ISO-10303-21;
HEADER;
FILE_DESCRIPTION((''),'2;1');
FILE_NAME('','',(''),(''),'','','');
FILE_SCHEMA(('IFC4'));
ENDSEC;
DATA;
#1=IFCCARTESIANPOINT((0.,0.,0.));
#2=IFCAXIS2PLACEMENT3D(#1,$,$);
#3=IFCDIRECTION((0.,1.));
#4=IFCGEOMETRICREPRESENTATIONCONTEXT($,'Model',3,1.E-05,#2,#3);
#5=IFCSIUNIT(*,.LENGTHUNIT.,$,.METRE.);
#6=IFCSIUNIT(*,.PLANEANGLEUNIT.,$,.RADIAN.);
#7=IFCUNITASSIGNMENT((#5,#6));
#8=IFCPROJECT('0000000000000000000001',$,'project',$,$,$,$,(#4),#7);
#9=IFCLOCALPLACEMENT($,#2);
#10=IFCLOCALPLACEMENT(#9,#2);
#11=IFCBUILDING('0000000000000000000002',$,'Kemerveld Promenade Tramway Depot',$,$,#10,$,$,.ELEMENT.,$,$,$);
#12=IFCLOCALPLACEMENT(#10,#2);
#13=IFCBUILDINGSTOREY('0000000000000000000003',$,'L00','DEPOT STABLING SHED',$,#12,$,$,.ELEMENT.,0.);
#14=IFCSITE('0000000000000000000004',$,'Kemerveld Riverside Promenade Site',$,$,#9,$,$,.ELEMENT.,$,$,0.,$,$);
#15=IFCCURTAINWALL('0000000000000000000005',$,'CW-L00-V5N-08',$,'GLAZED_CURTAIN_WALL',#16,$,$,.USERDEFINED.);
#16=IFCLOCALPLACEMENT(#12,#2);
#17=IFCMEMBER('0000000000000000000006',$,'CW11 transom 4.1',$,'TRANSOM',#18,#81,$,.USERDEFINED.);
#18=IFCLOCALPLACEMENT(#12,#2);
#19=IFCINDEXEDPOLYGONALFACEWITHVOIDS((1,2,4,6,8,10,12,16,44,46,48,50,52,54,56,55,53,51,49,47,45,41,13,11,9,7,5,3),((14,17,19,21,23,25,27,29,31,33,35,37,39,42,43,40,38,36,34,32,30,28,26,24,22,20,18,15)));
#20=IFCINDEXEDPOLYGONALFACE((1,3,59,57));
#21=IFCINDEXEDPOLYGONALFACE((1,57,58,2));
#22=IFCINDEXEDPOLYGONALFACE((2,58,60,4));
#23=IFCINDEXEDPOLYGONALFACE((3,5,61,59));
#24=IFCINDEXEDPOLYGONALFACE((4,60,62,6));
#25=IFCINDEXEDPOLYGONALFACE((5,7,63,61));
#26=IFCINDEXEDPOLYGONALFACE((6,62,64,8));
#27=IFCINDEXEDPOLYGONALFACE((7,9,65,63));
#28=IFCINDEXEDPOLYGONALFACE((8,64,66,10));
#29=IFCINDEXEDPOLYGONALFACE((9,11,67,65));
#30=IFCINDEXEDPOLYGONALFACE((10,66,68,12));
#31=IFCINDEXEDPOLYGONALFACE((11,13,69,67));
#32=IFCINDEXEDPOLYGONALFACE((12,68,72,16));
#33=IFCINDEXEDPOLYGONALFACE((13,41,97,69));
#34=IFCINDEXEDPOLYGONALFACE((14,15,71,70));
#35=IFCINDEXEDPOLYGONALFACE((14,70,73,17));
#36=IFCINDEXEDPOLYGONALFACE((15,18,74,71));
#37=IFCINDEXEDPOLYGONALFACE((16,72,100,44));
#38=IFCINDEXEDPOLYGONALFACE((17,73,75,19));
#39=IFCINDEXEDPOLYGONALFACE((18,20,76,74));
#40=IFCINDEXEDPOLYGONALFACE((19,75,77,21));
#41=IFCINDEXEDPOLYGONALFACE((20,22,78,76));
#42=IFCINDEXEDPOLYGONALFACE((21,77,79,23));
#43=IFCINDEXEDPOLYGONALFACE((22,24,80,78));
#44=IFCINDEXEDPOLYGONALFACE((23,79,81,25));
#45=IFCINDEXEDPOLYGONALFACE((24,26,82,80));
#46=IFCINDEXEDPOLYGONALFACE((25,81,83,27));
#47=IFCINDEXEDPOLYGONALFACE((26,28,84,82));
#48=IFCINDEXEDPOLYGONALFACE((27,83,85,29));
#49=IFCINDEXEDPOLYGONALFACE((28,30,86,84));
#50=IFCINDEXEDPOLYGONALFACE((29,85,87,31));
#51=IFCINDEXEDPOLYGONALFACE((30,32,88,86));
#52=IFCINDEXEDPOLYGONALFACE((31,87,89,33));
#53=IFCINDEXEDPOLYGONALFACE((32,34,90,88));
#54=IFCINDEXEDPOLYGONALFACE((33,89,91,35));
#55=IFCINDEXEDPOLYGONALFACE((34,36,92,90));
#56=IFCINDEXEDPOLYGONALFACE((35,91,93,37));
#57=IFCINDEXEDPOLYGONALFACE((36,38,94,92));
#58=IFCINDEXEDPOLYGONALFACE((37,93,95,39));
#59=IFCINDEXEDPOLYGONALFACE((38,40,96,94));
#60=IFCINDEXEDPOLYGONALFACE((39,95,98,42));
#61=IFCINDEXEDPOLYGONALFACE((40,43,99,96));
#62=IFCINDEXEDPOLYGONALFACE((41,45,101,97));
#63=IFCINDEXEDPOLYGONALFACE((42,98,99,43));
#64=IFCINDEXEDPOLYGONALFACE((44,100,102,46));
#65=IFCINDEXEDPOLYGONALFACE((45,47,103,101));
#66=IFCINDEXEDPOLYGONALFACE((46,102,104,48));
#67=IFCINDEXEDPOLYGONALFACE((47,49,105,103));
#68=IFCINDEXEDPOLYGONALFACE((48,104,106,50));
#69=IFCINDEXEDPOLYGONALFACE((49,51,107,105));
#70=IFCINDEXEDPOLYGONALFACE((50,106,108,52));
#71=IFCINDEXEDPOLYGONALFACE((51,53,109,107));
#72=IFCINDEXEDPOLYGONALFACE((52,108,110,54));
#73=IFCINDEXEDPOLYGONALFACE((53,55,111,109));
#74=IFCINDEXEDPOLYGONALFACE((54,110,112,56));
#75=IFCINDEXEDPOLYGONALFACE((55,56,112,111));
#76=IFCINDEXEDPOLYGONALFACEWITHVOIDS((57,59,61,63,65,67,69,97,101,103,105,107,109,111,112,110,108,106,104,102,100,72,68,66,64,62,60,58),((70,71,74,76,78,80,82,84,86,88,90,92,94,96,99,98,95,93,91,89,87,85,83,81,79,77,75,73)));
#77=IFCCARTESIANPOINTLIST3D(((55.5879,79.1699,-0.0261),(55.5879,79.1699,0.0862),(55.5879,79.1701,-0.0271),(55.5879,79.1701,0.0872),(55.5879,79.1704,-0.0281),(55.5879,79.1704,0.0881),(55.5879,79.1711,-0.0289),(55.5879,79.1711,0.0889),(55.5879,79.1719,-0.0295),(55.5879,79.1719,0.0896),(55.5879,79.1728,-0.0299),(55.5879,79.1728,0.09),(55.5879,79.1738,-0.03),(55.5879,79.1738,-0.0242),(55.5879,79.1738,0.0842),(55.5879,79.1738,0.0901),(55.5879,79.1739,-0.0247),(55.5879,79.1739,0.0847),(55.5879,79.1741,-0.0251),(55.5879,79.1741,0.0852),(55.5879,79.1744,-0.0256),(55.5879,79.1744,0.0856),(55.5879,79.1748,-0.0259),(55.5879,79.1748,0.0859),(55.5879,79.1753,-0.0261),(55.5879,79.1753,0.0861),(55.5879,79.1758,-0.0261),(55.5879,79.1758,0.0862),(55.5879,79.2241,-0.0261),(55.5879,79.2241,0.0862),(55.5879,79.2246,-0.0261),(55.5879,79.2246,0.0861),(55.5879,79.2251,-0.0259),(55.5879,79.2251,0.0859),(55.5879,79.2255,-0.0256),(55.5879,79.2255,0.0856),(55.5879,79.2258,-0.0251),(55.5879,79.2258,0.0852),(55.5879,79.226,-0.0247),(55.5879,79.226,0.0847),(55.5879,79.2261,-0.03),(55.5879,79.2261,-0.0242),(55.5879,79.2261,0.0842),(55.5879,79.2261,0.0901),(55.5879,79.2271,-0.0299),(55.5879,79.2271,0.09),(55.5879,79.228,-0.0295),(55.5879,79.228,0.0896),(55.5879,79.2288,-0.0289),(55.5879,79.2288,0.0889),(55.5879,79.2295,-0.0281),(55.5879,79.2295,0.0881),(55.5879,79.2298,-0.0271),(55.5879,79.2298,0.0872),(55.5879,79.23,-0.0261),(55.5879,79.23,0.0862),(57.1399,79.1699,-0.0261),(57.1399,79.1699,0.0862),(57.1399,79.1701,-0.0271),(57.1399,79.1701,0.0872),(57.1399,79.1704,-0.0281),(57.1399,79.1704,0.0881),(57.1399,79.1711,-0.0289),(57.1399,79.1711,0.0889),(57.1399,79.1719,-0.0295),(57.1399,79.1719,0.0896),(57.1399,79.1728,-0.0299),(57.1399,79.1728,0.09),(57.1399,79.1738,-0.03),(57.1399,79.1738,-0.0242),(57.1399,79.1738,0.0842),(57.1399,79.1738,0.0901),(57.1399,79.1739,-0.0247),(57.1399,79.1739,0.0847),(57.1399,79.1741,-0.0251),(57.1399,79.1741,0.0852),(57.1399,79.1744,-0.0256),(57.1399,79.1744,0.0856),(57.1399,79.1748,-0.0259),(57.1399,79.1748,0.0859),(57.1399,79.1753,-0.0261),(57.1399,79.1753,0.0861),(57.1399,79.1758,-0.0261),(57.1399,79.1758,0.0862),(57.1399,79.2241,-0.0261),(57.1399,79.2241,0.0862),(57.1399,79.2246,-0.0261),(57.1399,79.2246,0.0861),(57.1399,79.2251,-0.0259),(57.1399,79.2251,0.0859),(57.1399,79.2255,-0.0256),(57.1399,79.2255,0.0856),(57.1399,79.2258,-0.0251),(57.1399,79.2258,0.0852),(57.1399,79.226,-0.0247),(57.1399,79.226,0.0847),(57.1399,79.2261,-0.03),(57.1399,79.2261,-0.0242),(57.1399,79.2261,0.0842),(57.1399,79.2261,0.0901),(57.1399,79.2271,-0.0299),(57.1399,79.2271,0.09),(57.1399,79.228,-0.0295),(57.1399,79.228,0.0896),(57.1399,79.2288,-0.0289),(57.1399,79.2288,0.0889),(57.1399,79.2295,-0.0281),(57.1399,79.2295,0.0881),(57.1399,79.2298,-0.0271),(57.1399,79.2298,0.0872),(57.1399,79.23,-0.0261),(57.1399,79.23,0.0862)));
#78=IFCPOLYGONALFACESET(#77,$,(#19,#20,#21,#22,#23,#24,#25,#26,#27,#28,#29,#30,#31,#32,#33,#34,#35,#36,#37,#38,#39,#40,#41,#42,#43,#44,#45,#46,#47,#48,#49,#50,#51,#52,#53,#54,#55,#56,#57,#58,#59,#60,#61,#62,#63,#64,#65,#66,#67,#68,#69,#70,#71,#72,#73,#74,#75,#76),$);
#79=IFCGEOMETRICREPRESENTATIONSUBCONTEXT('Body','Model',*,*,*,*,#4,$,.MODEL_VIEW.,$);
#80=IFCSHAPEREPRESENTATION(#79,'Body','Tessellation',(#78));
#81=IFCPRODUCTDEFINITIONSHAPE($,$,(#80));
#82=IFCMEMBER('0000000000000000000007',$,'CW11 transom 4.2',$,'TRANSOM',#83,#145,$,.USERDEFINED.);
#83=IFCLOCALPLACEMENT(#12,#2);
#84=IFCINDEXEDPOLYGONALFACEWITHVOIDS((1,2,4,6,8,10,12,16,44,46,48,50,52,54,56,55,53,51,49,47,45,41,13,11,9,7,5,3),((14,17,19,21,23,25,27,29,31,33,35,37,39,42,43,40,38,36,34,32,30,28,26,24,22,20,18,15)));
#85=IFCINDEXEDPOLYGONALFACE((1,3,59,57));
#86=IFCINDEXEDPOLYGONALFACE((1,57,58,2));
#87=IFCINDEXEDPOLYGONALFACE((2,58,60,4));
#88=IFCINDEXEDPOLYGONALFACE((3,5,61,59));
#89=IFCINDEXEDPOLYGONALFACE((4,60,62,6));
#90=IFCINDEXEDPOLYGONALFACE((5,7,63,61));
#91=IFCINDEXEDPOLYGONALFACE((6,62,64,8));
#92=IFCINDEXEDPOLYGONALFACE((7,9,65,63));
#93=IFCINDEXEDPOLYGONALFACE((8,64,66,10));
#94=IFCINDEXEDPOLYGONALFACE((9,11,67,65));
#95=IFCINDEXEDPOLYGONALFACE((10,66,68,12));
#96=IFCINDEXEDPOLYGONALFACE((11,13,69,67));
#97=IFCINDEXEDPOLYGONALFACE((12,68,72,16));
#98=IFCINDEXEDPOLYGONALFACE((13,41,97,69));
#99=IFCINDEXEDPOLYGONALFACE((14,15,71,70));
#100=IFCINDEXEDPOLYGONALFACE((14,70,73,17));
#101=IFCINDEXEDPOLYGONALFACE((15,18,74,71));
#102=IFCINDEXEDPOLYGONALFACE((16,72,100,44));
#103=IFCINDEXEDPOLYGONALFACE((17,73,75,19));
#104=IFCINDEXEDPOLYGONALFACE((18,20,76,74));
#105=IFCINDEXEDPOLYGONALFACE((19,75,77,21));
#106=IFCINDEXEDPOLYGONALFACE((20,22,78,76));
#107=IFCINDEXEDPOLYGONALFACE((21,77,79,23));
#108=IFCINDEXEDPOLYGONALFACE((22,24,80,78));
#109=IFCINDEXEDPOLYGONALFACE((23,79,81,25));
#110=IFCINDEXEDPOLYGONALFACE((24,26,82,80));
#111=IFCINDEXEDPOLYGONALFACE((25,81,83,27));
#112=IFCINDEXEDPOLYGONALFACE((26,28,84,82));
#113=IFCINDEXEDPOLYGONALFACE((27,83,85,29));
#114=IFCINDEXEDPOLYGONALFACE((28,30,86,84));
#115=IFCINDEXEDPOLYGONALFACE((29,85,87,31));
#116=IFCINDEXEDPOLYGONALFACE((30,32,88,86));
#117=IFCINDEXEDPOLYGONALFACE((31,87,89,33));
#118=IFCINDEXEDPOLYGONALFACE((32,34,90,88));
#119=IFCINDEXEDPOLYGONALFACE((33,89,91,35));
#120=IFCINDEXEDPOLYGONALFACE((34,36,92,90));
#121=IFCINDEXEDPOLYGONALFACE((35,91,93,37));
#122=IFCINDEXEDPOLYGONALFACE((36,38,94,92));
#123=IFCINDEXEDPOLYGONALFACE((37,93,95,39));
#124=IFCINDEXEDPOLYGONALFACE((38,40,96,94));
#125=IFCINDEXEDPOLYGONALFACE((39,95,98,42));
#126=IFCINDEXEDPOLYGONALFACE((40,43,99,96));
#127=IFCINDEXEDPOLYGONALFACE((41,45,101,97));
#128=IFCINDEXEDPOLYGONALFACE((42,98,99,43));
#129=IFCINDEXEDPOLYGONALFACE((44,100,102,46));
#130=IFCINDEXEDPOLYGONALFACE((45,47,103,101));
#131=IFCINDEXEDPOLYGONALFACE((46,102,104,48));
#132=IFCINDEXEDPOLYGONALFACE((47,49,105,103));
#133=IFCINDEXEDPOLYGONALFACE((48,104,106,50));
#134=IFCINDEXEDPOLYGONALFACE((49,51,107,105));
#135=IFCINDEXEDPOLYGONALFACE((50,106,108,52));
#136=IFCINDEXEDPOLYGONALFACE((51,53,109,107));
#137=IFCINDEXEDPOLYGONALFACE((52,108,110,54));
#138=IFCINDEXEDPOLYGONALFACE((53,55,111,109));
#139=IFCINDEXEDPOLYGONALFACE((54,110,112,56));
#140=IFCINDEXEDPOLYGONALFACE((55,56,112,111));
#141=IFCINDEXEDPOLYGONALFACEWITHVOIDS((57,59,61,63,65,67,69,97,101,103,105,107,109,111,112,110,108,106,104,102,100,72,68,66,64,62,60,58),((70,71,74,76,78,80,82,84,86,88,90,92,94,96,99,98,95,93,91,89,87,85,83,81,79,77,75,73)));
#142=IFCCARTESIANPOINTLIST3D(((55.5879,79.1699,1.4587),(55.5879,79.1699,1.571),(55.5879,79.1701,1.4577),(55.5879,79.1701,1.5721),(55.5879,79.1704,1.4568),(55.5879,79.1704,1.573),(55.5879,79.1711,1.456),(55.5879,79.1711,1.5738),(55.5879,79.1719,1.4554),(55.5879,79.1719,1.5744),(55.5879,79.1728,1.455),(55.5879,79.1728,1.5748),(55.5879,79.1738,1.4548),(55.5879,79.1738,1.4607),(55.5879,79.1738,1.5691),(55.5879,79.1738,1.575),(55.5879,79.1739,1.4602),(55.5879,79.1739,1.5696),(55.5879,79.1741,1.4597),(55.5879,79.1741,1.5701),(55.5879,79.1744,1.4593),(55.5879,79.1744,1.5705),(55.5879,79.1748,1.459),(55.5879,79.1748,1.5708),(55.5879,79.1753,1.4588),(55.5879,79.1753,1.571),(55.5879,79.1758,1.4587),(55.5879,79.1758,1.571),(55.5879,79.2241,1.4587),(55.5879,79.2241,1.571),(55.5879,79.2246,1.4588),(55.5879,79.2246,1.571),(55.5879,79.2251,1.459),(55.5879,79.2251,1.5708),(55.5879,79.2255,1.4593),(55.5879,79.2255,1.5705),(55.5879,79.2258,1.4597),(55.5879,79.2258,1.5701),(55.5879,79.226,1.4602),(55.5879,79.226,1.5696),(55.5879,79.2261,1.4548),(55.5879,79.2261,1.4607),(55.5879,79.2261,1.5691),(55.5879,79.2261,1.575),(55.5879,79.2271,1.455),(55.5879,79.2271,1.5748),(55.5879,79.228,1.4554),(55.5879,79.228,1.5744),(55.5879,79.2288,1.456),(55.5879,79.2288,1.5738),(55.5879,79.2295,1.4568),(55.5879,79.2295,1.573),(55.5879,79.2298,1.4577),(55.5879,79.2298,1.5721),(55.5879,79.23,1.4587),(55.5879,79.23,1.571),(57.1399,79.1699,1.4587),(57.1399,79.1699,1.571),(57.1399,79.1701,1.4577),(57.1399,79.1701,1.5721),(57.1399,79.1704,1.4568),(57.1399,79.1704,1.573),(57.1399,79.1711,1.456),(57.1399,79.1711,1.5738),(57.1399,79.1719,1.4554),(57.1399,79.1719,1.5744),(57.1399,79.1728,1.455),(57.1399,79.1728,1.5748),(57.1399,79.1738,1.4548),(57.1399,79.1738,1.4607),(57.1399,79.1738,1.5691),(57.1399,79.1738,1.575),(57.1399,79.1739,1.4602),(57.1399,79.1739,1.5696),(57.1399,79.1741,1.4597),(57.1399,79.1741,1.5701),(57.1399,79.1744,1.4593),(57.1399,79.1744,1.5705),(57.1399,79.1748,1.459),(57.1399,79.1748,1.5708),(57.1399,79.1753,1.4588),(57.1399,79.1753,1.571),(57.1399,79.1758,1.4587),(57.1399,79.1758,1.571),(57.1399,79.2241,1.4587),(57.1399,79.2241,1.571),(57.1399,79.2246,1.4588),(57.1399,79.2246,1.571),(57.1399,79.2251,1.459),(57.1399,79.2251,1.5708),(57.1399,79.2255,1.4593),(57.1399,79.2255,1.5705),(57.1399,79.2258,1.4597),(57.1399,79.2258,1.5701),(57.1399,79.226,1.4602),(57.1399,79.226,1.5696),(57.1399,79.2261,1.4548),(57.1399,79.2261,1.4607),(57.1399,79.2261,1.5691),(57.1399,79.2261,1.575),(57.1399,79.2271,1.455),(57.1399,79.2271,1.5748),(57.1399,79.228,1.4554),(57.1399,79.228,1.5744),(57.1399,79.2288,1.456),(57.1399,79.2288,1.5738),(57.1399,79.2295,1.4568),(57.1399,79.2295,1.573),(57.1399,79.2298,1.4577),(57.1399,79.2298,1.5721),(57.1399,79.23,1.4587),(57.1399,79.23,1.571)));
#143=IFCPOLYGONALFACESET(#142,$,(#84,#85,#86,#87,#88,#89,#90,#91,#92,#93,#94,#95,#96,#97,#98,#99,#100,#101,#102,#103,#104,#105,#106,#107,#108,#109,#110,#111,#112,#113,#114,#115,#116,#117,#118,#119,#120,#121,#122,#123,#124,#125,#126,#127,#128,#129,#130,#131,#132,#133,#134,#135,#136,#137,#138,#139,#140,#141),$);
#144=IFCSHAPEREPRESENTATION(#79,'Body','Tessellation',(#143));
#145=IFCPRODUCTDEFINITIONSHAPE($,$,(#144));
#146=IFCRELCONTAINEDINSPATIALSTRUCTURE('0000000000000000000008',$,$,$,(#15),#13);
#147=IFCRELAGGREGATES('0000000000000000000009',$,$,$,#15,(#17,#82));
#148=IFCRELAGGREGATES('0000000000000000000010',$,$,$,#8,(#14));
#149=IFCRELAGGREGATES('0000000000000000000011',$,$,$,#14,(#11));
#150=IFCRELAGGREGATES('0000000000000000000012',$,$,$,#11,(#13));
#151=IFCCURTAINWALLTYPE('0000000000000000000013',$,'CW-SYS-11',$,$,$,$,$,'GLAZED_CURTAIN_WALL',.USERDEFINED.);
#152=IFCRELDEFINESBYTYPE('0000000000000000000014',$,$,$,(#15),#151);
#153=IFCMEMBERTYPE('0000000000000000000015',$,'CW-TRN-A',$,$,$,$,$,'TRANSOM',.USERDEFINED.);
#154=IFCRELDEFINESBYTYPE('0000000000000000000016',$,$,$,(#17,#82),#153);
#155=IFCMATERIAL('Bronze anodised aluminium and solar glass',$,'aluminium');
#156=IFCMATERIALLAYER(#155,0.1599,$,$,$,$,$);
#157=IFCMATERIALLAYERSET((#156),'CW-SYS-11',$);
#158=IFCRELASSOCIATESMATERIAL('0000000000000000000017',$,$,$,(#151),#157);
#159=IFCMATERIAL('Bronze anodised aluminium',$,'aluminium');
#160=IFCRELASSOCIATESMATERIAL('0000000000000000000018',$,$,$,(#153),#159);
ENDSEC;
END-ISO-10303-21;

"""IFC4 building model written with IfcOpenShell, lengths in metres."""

from ifc_helpers import new_model, si_unit, direction, frame, origin, origin_2d, place, context, subcontext, project, spatial, hollow_rectangle, extrude, material, layer, layer_set, material_profile, profile_set, type_object, element, aggregate, save


model = new_model("IFC4")

# Units and contexts
model_context = context("Model", 3, precision=1e-05, world=origin(), true_north=direction((0.0, 1.0)))
body_context = subcontext(model_context, "Body", "Model", "MODEL_VIEW")
ifc_project = project(units=[si_unit("LENGTHUNIT", "METRE"), si_unit("PLANEANGLEUNIT", "RADIAN")], contexts=[model_context])

# Site, building, storey
site_placement = place(None, origin())
site = spatial("IfcSite", under=ifc_project, at=site_placement, Name="Kemerveld Riverside Promenade Site", CompositionType="ELEMENT", RefElevation=0.0)
building_placement = place(site_placement, origin())
building = spatial("IfcBuilding", under=site, at=building_placement, Name="Kemerveld Promenade Tramway Depot", CompositionType="ELEMENT")
storey_placement = place(building_placement, origin())
storey = spatial("IfcBuildingStorey", under=building, at=storey_placement, Name="L00", Description="DEPOT STABLING SHED", CompositionType="ELEMENT", Elevation=0.0)

# Curtain wall, members
ifc_material_1 = material(Name="Bronze anodised aluminium and solar glass", Category="aluminium")
ifc_layer_1 = layer(ifc_material_1, 0.1599)
ifc_layer_set_1 = layer_set([ifc_layer_1], Name="CW-SYS-11")
curtain_wall_type = type_object("IfcCurtainWallType", Name="CW-SYS-11", ElementType="GLAZED_CURTAIN_WALL", PredefinedType="USERDEFINED", material=ifc_layer_set_1)
curtain_wall_placement = place(storey_placement, origin())
curtain_wall = element("IfcCurtainWall", 1, at=curtain_wall_placement, inside=storey, type_object=curtain_wall_type, Name="CW-L00-V5N-08", ObjectType="GLAZED_CURTAIN_WALL", PredefinedType="USERDEFINED")
ifc_material_2 = material(Name="Bronze anodised aluminium", Category="aluminium")
ifc_material_profile_1 = material_profile(ifc_material_2, hollow_rectangle(XDim=0.0601, YDim=0.1201, WallThickness=0.0039, InnerFilletRadius=0.002, OuterFilletRadius=0.0039, at=origin_2d()), Name="CW-TRN-120x60")
ifc_profile_set_1 = profile_set([ifc_material_profile_1], Name="Bronze anodised aluminium")
member_type_1 = type_object("IfcMemberType", Name="CW-TRN-A", ElementType="TRANSOM", PredefinedType="USERDEFINED", material=ifc_profile_set_1)
member_1_placement = place(storey_placement, frame((55.5879, 79.2, 0.03), z_axis=(1.0, 0.0, 0.0), x_axis=(0.0, 1.0, 0.0)))
member_1 = element("IfcMember", 2, at=member_1_placement, type_object=member_type_1, Name="CW11 transom 4.1", ObjectType="TRANSOM", PredefinedType="USERDEFINED", context=body_context, shape_type="SweptSolid", body=[
    extrude(hollow_rectangle(XDim=0.0601, YDim=0.1201, WallThickness=0.0039, InnerFilletRadius=0.002, OuterFilletRadius=0.0039, at=origin_2d()), origin(), (0.0, 0.0, 1.0), 1.552),
])
member_2_placement = place(storey_placement, frame((55.5879, 79.2, 1.5149), z_axis=(1.0, 0.0, 0.0), x_axis=(0.0, 1.0, 0.0)))
member_2 = element("IfcMember", 3, at=member_2_placement, type_object=member_type_1, Name="CW11 transom 4.2", ObjectType="TRANSOM", PredefinedType="USERDEFINED", context=body_context, shape_type="SweptSolid", body=[
    extrude(hollow_rectangle(XDim=0.0601, YDim=0.1201, WallThickness=0.0039, InnerFilletRadius=0.002, OuterFilletRadius=0.0039, at=origin_2d()), origin(), (0.0, 0.0, 1.0), 1.552),
])
aggregate(curtain_wall, [member_1, member_2])

save(model, "model.ifc")
